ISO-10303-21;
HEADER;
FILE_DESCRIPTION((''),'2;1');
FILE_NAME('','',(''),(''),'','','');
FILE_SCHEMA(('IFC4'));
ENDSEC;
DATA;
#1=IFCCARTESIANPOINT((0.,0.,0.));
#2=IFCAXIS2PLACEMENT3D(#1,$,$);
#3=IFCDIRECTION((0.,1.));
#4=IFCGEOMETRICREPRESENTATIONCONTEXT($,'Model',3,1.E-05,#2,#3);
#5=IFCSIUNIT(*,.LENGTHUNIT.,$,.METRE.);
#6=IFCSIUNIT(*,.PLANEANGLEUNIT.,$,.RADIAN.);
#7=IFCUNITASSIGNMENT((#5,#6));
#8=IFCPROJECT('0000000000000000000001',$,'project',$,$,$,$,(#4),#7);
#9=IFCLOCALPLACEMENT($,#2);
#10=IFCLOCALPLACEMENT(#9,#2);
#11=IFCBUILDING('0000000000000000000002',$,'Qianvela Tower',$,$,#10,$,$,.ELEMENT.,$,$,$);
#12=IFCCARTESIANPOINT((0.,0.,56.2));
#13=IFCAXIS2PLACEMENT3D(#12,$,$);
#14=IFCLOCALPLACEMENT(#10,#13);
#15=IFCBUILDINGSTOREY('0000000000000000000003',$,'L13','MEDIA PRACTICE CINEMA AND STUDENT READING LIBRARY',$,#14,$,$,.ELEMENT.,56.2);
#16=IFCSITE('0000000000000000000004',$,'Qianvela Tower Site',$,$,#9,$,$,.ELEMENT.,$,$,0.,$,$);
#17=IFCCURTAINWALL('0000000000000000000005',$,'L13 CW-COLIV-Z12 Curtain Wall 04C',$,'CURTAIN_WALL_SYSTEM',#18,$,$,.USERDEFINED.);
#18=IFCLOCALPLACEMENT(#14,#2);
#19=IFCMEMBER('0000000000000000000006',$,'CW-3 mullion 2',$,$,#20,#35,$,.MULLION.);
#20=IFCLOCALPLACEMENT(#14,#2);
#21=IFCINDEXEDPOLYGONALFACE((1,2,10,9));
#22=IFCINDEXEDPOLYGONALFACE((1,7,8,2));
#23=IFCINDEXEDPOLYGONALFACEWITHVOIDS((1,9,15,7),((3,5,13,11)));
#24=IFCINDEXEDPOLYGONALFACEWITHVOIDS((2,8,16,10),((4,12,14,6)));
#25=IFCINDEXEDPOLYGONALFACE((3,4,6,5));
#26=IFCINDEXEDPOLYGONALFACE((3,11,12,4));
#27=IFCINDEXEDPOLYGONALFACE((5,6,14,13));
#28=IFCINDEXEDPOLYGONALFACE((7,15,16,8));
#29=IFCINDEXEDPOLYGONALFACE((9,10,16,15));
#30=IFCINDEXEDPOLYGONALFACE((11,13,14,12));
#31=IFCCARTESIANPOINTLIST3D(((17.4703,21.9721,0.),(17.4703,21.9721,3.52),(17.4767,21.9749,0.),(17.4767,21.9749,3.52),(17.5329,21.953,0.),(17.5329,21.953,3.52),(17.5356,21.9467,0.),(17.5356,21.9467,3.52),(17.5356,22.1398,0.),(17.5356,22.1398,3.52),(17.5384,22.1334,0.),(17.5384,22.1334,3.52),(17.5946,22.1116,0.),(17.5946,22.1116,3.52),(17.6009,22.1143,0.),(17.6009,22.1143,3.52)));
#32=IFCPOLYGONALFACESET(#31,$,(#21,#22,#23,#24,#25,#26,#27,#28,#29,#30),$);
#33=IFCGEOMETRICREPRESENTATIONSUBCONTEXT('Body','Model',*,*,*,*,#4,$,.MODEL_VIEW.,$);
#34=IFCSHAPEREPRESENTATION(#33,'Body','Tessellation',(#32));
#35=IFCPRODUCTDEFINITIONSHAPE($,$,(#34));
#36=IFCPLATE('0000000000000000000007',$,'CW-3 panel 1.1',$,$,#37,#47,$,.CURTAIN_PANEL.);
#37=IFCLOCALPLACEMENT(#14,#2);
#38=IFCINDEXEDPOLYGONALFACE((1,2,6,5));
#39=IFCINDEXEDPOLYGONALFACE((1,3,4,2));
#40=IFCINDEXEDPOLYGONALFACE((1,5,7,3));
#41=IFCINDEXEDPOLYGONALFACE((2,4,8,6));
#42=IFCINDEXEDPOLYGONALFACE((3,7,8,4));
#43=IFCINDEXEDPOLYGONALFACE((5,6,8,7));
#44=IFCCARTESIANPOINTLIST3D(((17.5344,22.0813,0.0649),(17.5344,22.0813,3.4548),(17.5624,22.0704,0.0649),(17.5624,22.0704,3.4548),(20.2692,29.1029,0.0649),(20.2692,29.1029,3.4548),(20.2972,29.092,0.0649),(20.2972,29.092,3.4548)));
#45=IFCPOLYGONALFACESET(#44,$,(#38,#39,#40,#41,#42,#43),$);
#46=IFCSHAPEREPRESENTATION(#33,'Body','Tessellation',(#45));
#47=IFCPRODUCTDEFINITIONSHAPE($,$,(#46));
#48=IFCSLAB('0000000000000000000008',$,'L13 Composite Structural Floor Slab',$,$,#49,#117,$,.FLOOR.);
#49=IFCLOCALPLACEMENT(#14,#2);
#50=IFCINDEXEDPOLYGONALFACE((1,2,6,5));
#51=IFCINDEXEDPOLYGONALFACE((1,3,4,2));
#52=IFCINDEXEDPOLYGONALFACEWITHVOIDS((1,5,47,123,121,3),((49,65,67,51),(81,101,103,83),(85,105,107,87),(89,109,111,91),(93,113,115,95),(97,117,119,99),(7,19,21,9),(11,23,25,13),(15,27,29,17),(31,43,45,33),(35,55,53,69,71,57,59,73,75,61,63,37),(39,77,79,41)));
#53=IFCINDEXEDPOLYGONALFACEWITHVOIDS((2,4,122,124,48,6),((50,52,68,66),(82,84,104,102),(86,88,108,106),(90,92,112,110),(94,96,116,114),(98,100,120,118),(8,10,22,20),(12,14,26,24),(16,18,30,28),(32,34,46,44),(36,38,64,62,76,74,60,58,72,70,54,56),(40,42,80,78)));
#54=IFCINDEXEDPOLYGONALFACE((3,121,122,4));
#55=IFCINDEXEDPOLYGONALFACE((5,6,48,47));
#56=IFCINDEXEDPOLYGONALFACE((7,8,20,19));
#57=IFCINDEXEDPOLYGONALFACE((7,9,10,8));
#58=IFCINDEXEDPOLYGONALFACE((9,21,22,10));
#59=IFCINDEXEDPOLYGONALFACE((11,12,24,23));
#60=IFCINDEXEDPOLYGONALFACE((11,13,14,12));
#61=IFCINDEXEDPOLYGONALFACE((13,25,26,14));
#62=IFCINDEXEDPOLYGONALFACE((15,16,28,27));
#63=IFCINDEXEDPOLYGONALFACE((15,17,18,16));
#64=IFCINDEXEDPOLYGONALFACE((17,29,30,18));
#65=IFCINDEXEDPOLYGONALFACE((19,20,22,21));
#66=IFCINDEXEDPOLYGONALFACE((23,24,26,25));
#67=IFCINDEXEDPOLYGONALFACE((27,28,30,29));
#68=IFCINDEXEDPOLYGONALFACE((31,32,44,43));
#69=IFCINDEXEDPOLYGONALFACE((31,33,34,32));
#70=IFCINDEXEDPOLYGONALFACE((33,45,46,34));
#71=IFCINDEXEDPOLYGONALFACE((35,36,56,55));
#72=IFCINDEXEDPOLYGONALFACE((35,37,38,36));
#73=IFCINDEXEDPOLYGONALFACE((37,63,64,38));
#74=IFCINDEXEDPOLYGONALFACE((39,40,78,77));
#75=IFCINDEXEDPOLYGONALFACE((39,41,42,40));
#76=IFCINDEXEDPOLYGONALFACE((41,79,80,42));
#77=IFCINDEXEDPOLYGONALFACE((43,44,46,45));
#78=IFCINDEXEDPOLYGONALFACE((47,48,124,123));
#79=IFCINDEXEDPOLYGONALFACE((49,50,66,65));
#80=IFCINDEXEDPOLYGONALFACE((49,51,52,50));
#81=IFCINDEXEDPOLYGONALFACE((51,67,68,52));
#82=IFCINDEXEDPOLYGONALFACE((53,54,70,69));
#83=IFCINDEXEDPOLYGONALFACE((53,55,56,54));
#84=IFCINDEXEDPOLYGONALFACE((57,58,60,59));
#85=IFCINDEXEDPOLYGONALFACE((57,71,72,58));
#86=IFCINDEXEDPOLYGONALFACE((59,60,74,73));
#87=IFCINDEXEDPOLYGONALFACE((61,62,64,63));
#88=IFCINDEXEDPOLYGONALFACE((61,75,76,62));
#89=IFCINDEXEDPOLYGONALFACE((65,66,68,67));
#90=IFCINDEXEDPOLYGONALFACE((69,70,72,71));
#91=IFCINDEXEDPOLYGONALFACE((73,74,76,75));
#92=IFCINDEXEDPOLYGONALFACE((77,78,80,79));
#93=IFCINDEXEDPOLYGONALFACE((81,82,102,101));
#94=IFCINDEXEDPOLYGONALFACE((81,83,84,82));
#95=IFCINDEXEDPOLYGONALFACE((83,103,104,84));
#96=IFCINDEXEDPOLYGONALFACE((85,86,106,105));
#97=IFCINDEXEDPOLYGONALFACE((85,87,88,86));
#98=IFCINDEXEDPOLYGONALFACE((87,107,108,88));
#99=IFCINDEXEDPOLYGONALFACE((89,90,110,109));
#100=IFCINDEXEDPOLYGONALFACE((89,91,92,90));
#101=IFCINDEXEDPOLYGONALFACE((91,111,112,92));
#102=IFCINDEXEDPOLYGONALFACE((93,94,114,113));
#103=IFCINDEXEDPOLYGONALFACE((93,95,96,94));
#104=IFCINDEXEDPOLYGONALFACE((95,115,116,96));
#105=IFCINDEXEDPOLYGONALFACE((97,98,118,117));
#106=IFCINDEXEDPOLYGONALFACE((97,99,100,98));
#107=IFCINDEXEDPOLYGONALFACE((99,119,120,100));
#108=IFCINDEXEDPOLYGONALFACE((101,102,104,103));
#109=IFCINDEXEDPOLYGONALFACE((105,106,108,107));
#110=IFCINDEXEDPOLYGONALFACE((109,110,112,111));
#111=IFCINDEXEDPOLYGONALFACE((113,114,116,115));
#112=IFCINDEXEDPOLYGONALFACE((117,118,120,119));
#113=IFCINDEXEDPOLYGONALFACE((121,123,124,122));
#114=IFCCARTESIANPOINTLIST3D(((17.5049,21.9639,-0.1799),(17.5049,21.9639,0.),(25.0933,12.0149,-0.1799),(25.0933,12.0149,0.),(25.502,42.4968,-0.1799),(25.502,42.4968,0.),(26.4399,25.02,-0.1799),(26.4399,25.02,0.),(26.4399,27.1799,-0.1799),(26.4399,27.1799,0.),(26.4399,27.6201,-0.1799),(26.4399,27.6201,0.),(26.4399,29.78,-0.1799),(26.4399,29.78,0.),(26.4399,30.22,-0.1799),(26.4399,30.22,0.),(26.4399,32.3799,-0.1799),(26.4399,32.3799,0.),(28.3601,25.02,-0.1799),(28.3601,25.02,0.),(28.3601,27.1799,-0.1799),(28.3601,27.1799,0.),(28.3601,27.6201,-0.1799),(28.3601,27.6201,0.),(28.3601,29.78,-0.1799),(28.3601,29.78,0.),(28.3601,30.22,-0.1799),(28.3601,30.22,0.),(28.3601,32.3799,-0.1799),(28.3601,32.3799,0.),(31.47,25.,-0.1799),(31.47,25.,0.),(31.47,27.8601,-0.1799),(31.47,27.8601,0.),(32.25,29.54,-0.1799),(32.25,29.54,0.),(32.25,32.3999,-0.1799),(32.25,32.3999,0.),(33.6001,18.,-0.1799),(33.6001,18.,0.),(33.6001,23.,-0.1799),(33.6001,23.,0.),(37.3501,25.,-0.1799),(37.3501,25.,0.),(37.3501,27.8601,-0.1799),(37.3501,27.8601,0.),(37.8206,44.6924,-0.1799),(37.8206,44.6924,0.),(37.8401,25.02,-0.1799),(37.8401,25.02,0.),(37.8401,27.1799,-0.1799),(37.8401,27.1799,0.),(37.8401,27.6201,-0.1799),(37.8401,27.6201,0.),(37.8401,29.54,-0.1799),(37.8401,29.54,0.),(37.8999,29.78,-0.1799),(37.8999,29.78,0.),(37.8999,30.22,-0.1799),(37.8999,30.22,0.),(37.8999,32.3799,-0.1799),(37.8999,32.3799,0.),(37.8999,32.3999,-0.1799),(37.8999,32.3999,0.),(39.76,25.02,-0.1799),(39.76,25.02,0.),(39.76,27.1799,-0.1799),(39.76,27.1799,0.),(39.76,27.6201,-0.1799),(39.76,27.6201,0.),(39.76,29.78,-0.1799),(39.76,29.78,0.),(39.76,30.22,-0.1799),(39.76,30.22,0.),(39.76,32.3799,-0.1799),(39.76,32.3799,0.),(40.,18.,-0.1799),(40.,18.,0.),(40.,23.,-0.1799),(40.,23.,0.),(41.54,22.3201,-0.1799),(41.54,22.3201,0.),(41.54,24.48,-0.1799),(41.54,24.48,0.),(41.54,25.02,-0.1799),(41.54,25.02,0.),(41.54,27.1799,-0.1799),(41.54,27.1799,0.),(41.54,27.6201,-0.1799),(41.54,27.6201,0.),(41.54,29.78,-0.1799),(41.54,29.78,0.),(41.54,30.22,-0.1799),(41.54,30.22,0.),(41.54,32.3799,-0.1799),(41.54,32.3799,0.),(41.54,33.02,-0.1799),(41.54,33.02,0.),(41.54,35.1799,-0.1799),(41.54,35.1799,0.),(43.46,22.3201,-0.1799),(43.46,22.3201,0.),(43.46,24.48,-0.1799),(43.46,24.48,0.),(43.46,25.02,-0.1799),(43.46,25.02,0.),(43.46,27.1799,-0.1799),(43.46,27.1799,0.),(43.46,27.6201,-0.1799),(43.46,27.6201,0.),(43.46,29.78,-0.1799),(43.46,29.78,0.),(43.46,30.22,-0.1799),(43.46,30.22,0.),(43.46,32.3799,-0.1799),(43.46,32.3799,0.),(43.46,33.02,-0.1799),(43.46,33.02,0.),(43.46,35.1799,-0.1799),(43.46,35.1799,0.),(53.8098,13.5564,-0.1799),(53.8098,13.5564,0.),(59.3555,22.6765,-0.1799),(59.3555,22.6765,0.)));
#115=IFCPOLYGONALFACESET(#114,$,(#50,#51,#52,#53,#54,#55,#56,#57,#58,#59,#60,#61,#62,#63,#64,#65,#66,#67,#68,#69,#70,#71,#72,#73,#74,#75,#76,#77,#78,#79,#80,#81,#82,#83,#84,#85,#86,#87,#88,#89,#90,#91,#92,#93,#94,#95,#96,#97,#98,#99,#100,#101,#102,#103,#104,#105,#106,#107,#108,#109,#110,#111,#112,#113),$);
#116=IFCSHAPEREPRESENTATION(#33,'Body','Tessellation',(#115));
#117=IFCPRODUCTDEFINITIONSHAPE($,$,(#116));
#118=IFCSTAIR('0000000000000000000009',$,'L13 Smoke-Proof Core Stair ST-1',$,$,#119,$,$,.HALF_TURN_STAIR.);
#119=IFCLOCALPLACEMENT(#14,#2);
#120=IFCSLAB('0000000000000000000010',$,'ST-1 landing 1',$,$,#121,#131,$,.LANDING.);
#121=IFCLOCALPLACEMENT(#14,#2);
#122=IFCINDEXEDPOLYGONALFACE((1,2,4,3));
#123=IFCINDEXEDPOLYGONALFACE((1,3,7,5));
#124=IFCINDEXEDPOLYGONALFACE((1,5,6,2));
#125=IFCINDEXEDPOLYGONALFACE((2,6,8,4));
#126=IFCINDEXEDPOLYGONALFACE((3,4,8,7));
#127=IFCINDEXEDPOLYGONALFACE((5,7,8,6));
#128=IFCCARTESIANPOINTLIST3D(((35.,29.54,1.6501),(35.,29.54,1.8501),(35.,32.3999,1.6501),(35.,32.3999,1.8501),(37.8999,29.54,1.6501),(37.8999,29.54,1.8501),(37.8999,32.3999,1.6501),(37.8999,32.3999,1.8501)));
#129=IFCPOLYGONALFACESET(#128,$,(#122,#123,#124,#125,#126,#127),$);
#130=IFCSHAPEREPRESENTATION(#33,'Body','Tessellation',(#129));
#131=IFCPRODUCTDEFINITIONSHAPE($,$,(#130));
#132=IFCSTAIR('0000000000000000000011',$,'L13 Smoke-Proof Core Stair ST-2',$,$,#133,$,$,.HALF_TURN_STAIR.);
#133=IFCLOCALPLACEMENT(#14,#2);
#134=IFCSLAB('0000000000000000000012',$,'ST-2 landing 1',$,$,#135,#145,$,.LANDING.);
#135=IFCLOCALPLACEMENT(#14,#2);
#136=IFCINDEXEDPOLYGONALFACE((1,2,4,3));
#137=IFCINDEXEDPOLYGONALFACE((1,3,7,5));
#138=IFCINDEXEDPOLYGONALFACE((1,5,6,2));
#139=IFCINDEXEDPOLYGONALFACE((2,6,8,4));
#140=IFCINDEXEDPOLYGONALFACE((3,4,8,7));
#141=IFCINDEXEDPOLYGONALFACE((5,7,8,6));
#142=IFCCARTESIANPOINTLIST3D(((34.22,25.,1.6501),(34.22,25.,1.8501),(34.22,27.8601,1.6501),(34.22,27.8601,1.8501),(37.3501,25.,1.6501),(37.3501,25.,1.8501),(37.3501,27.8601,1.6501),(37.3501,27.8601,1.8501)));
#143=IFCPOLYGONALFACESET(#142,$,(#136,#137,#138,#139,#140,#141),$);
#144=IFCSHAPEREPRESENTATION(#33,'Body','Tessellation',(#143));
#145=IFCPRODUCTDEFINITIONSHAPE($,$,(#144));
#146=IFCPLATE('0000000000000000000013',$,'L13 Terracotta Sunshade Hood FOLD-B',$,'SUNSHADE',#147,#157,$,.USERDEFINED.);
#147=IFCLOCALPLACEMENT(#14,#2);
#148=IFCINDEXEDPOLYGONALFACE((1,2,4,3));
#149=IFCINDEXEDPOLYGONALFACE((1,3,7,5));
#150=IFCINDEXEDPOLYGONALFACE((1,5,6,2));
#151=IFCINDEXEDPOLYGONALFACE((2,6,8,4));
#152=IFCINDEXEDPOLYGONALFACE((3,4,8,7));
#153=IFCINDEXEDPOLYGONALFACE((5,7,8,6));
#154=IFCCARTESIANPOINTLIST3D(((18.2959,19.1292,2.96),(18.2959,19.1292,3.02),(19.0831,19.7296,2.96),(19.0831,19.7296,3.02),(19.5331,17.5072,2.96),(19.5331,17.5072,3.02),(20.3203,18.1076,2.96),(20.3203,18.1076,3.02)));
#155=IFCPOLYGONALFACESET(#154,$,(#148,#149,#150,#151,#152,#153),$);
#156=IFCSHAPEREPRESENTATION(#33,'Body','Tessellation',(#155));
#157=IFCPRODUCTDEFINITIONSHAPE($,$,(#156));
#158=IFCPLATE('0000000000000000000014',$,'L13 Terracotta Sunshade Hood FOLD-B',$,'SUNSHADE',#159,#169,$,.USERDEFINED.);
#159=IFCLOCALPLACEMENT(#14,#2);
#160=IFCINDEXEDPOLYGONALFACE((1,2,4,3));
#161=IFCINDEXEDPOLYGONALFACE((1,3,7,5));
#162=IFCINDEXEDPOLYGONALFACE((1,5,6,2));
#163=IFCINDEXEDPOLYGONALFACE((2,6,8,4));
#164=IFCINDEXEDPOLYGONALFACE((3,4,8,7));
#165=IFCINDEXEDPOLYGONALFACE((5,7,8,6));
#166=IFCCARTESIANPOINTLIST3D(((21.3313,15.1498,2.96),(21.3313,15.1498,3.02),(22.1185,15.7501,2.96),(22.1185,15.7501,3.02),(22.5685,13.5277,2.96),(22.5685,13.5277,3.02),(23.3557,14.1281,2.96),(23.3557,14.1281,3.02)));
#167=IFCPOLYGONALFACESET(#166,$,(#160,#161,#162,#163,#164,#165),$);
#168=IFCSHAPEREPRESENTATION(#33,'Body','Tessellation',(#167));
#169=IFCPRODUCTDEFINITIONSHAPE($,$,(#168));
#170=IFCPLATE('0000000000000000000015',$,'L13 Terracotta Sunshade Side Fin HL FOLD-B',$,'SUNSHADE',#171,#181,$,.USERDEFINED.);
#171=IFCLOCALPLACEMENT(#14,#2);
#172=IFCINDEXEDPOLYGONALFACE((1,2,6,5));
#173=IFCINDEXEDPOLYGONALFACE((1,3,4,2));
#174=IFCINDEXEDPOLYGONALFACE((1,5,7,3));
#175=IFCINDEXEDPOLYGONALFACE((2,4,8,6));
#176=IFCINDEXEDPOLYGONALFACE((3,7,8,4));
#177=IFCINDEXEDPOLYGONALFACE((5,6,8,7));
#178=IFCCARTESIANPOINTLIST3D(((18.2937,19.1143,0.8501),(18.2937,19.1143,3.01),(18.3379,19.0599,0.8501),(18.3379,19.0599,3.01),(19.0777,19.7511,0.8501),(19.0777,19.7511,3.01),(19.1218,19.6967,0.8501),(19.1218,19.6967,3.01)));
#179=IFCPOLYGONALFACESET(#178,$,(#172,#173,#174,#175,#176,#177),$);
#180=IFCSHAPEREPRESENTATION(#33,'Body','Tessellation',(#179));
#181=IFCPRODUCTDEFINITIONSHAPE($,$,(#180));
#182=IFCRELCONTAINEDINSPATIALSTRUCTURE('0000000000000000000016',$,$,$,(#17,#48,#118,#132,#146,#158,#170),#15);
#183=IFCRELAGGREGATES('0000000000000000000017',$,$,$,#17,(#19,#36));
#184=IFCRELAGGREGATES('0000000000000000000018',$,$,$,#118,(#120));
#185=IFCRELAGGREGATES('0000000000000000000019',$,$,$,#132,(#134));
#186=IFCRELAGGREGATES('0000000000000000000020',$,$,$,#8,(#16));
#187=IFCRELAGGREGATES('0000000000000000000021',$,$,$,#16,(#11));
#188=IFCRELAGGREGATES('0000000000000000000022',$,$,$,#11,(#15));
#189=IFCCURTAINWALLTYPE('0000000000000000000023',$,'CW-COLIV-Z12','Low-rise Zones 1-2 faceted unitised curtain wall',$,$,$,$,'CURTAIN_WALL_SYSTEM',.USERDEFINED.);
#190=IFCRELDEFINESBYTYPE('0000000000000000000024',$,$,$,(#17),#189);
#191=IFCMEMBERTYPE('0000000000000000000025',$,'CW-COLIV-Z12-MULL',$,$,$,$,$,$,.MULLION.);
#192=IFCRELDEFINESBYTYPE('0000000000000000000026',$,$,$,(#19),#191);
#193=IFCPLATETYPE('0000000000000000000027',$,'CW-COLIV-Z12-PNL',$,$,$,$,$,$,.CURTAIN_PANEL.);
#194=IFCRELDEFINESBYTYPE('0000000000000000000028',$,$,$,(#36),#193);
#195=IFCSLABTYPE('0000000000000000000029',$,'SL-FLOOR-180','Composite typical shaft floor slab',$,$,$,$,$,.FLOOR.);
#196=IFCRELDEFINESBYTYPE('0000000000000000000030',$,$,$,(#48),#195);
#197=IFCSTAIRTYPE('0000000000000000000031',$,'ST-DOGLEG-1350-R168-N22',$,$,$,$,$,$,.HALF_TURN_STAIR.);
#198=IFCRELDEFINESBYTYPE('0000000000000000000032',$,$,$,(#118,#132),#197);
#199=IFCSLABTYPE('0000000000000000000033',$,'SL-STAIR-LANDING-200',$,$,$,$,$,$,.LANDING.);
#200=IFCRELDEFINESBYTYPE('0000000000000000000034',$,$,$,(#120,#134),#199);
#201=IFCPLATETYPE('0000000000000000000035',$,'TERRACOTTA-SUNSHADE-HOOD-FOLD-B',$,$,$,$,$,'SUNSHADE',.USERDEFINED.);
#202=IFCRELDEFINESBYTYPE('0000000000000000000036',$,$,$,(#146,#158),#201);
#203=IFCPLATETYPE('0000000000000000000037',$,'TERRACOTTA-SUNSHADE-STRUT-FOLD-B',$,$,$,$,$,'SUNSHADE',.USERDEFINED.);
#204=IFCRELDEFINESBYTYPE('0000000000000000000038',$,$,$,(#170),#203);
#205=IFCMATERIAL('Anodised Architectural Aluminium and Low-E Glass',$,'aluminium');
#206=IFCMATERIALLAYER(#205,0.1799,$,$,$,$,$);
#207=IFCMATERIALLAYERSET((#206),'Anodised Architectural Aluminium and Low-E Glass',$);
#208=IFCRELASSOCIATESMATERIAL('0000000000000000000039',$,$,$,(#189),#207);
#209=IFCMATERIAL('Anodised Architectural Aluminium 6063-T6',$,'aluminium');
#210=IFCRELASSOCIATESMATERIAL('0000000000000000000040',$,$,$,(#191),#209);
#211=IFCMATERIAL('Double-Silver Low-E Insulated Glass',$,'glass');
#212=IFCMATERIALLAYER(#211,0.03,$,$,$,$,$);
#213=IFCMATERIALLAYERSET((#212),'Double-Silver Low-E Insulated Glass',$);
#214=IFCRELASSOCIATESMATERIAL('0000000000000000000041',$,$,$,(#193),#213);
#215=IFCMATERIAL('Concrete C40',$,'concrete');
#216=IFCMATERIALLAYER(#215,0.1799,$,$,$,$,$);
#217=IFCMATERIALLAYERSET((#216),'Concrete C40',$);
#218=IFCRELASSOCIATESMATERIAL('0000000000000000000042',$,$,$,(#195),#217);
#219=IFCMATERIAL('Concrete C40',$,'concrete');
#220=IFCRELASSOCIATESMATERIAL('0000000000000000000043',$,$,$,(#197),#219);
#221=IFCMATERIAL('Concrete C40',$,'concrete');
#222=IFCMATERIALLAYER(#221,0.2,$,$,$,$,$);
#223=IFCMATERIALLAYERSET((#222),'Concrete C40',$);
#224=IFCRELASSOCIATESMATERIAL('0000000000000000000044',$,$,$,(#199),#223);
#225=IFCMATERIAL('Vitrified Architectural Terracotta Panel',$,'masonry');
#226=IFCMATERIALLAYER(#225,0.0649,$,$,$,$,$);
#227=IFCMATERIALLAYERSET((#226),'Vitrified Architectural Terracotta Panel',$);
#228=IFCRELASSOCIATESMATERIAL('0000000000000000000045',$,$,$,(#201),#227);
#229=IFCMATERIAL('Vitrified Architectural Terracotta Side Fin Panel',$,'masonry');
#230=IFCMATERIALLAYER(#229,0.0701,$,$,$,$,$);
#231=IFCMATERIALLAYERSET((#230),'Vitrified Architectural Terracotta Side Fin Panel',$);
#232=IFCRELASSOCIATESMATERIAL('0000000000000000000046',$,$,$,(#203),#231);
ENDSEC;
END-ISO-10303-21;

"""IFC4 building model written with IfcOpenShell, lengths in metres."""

from ifc_helpers import new_model, si_unit, direction, frame, origin, origin_2d, place, context, subcontext, project, spatial, polyline, rectangle, hollow_rectangle, outline, extrude, material, layer, layer_set, material_profile, profile_set, type_object, element, aggregate, save


model = new_model("IFC4")

# Units and contexts
model_context = context("Model", 3, precision=1e-05, world=origin(), true_north=direction((0.0, 1.0)))
body_context = subcontext(model_context, "Body", "Model", "MODEL_VIEW")
ifc_project = project(units=[si_unit("LENGTHUNIT", "METRE"), si_unit("PLANEANGLEUNIT", "RADIAN")], contexts=[model_context])

# Site, building, storey
site_placement = place(None, origin())
site = spatial("IfcSite", under=ifc_project, at=site_placement, Name="Qianvela Tower Site", CompositionType="ELEMENT", RefElevation=0.0)
building_placement = place(site_placement, origin())
building = spatial("IfcBuilding", under=site, at=building_placement, Name="Qianvela Tower", CompositionType="ELEMENT")
storey_placement = place(building_placement, frame((0.0, 0.0, 56.2)))
storey = spatial("IfcBuildingStorey", under=building, at=storey_placement, Name="L13", Description="MEDIA PRACTICE CINEMA AND STUDENT READING LIBRARY", CompositionType="ELEMENT", Elevation=56.2)

# Curtain wall, member, plate
ifc_material_1 = material(Name="Anodised Architectural Aluminium and Low-E Glass", Category="aluminium")
ifc_layer_1 = layer(ifc_material_1, 0.1799)
ifc_layer_set_1 = layer_set([ifc_layer_1], Name="Anodised Architectural Aluminium and Low-E Glass")
curtain_wall_type = type_object("IfcCurtainWallType", Name="CW-COLIV-Z12", Description="Low-rise Zones 1-2 faceted unitised curtain wall", ElementType="CURTAIN_WALL_SYSTEM", PredefinedType="USERDEFINED", material=ifc_layer_set_1)
curtain_wall_placement = place(storey_placement, origin())
curtain_wall = element("IfcCurtainWall", 1, at=curtain_wall_placement, inside=storey, type_object=curtain_wall_type, Name="L13 CW-COLIV-Z12 Curtain Wall 04C", ObjectType="CURTAIN_WALL_SYSTEM", PredefinedType="USERDEFINED")
ifc_material_2 = material(Name="Anodised Architectural Aluminium 6063-T6", Category="aluminium")
ifc_material_profile = material_profile(ifc_material_2, hollow_rectangle(XDim=0.0701, YDim=0.1799, WallThickness=0.0049, at=origin_2d()), Name="ALU-MULL-70x180")
ifc_profile_set = profile_set([ifc_material_profile], Name="Anodised Architectural Aluminium 6063-T6")
member_type = type_object("IfcMemberType", Name="CW-COLIV-Z12-MULL", PredefinedType="MULLION", material=ifc_profile_set)
member_placement = place(storey_placement, frame((17.5356, 22.0432, 0.0), z_axis=(0.0, 0.0, 1.0), x_axis=(0.931818, -0.362925, 0.0)))
member = element("IfcMember", 2, at=member_placement, type_object=member_type, Name="CW-3 mullion 2", PredefinedType="MULLION", context=body_context, shape_type="SweptSolid", body=[
    extrude(hollow_rectangle(XDim=0.0701, YDim=0.1799, WallThickness=0.0049, at=origin_2d()), origin(), (0.0, 0.0, 1.0), 3.52),
])
ifc_material_3 = material(Name="Double-Silver Low-E Insulated Glass", Category="glass")
ifc_layer_2 = layer(ifc_material_3, 0.03)
ifc_layer_set_2 = layer_set([ifc_layer_2], Name="Double-Silver Low-E Insulated Glass")
plate_type_1 = type_object("IfcPlateType", Name="CW-COLIV-Z12-PNL", PredefinedType="CURTAIN_PANEL", material=ifc_layer_set_2)
plate_placement = place(storey_placement, frame((18.9158, 25.5867, 0.0649), z_axis=(0.0, 0.0, 1.0), x_axis=(-0.362925, -0.931818, 0.0)))
plate = element("IfcPlate", 3, at=plate_placement, type_object=plate_type_1, Name="CW-3 panel 1.1", PredefinedType="CURTAIN_PANEL", context=body_context, shape_type="SweptSolid", body=[
    extrude(rectangle(XDim=7.5354, YDim=0.03, at=origin_2d()), origin(), (0.0, 0.0, 1.0), 3.3899),
])
aggregate(curtain_wall, [member, plate])

# Slab
ifc_material_4 = material(Name="Concrete C40", Category="concrete")
ifc_layer_3 = layer(ifc_material_4, 0.1799)
ifc_layer_set_3 = layer_set([ifc_layer_3], Name="Concrete C40")
slab_type_1 = type_object("IfcSlabType", Name="SL-FLOOR-180", Description="Composite typical shaft floor slab", PredefinedType="FLOOR", material=ifc_layer_set_3)
slab_1_placement = place(storey_placement, frame((0.0, 0.0, -0.1799)))
element("IfcSlab", 4, at=slab_1_placement, inside=storey, type_object=slab_type_1, Name="L13 Composite Structural Floor Slab", PredefinedType="FLOOR", context=body_context, shape_type="SweptSolid", body=[
    extrude(outline(polyline([(53.8098, 13.5564), (59.3555, 22.6765), (37.8206, 44.6924), (25.502, 42.4968), (17.5049, 21.9639), (25.0933, 12.0149), (53.8098, 13.5564)]), holes=[polyline([(40.0, 23.0), (33.6001, 23.0), (33.6001, 18.0), (40.0, 18.0), (40.0, 23.0)]), polyline([(28.3601, 25.02), (28.3601, 27.1799), (26.4399, 27.1799), (26.4399, 25.02), (28.3601, 25.02)]), polyline([(37.3501, 25.0), (37.3501, 27.8601), (31.47, 27.8601), (31.47, 25.0), (37.3501, 25.0)]), polyline([(28.3601, 27.6201), (28.3601, 29.78), (26.4399, 29.78), (26.4399, 27.6201), (28.3601, 27.6201)]), polyline([(37.8999, 32.3799), (37.8999, 32.3999), (32.25, 32.3999), (32.25, 29.54), (37.8401, 29.54), (37.8401, 27.6201), (39.76, 27.6201), (39.76, 29.78), (37.8999, 29.78), (37.8999, 30.22), (39.76, 30.22), (39.76, 32.3799), (37.8999, 32.3799)]), polyline([(28.3601, 30.22), (28.3601, 32.3799), (26.4399, 32.3799), (26.4399, 30.22), (28.3601, 30.22)]), polyline([(43.46, 24.48), (41.54, 24.48), (41.54, 22.3201), (43.46, 22.3201), (43.46, 24.48)]), polyline([(39.76, 25.02), (39.76, 27.1799), (37.8401, 27.1799), (37.8401, 25.02), (39.76, 25.02)]), polyline([(43.46, 25.02), (43.46, 27.1799), (41.54, 27.1799), (41.54, 25.02), (43.46, 25.02)]), polyline([(43.46, 27.6201), (43.46, 29.78), (41.54, 29.78), (41.54, 27.6201), (43.46, 27.6201)]), polyline([(43.46, 30.22), (43.46, 32.3799), (41.54, 32.3799), (41.54, 30.22), (43.46, 30.22)]), polyline([(43.46, 33.02), (43.46, 35.1799), (41.54, 35.1799), (41.54, 33.02), (43.46, 33.02)])]), origin(), (0.0, 0.0, 1.0), 0.1799),
])

# Stairs, slabs
ifc_material_5 = material(Name="Concrete C40", Category="concrete")
stair_type = type_object("IfcStairType", Name="ST-DOGLEG-1350-R168-N22", PredefinedType="HALF_TURN_STAIR", material=ifc_material_5)
stair_1_placement = place(storey_placement, origin())
stair_1 = element("IfcStair", 5, at=stair_1_placement, inside=storey, type_object=stair_type, Name="L13 Smoke-Proof Core Stair ST-1", PredefinedType="HALF_TURN_STAIR")
ifc_material_6 = material(Name="Concrete C40", Category="concrete")
ifc_layer_4 = layer(ifc_material_6, 0.2)
ifc_layer_set_4 = layer_set([ifc_layer_4], Name="Concrete C40")
slab_type_2 = type_object("IfcSlabType", Name="SL-STAIR-LANDING-200", PredefinedType="LANDING", material=ifc_layer_set_4)
slab_2_placement = place(storey_placement, frame((0.0, 0.0, 1.6501)))
slab_2 = element("IfcSlab", 6, at=slab_2_placement, type_object=slab_type_2, Name="ST-1 landing 1", PredefinedType="LANDING", context=body_context, shape_type="SweptSolid", body=[
    extrude(outline(polyline([(35.0, 29.54), (37.8999, 29.54), (37.8999, 32.3999), (35.0, 32.3999), (35.0, 29.54)])), origin(), (0.0, 0.0, 1.0), 0.2),
])
aggregate(stair_1, [slab_2])
stair_2_placement = place(storey_placement, origin())
stair_2 = element("IfcStair", 7, at=stair_2_placement, inside=storey, type_object=stair_type, Name="L13 Smoke-Proof Core Stair ST-2", PredefinedType="HALF_TURN_STAIR")
slab_3_placement = place(storey_placement, frame((0.0, 0.0, 1.6501)))
slab_3 = element("IfcSlab", 8, at=slab_3_placement, type_object=slab_type_2, Name="ST-2 landing 1", PredefinedType="LANDING", context=body_context, shape_type="SweptSolid", body=[
    extrude(outline(polyline([(34.22, 25.0), (37.3501, 25.0), (37.3501, 27.8601), (34.22, 27.8601), (34.22, 25.0)])), origin(), (0.0, 0.0, 1.0), 0.2),
])
aggregate(stair_2, [slab_3])

# Plates
ifc_material_7 = material(Name="Vitrified Architectural Terracotta Panel", Category="masonry")
ifc_layer_5 = layer(ifc_material_7, 0.0649)
ifc_layer_set_5 = layer_set([ifc_layer_5], Name="Vitrified Architectural Terracotta Panel")
plate_type_2 = type_object("IfcPlateType", Name="TERRACOTTA-SUNSHADE-HOOD-FOLD-B", ElementType="SUNSHADE", PredefinedType="USERDEFINED", material=ifc_layer_set_5)
for number, where, z_axis, x_axis, name in (
    (9, (19.3081, 18.6184, 2.96), (0.0, 0.0, 1.0), (0.606458, -0.795116, 0.0), "L13 Terracotta Sunshade Hood FOLD-B"),
    (10, (22.3435, 14.6389, 2.96), (0.0, 0.0, 1.0), (0.606458, -0.795116, 0.0), "L13 Terracotta Sunshade Hood FOLD-B"),
):
    element("IfcPlate", number, at=place(storey_placement, frame(where, z_axis=z_axis, x_axis=x_axis)), inside=storey, type_object=plate_type_2, Name=name, ObjectType="SUNSHADE", PredefinedType="USERDEFINED", context=body_context, shape_type="SweptSolid", body=[
        extrude(rectangle(XDim=2.04, YDim=0.99, at=origin_2d()), origin(), (0.0, 0.0, 1.0), 0.0601),
    ])
ifc_material_8 = material(Name="Vitrified Architectural Terracotta Side Fin Panel", Category="masonry")
ifc_layer_6 = layer(ifc_material_8, 0.0701)
ifc_layer_set_6 = layer_set([ifc_layer_6], Name="Vitrified Architectural Terracotta Side Fin Panel")
plate_type_3 = type_object("IfcPlateType", Name="TERRACOTTA-SUNSHADE-STRUT-FOLD-B", ElementType="SUNSHADE", PredefinedType="USERDEFINED", material=ifc_layer_set_6)
for number, where, z_axis, x_axis, name in (
    (11, (18.7078, 19.4055, 0.8501), (0.0, 0.0, 1.0), (0.630456, -0.776225, 0.0), "L13 Terracotta Sunshade Side Fin HL FOLD-B"),
):
    element("IfcPlate", number, at=place(storey_placement, frame(where, z_axis=z_axis, x_axis=x_axis)), inside=storey, type_object=plate_type_3, Name=name, ObjectType="SUNSHADE", PredefinedType="USERDEFINED", context=body_context, shape_type="SweptSolid", body=[
        extrude(rectangle(XDim=0.0701, YDim=1.01, at=origin_2d()), origin(), (0.0, 0.0, 1.0), 2.1599),
    ])

save(model, "model.ifc")
